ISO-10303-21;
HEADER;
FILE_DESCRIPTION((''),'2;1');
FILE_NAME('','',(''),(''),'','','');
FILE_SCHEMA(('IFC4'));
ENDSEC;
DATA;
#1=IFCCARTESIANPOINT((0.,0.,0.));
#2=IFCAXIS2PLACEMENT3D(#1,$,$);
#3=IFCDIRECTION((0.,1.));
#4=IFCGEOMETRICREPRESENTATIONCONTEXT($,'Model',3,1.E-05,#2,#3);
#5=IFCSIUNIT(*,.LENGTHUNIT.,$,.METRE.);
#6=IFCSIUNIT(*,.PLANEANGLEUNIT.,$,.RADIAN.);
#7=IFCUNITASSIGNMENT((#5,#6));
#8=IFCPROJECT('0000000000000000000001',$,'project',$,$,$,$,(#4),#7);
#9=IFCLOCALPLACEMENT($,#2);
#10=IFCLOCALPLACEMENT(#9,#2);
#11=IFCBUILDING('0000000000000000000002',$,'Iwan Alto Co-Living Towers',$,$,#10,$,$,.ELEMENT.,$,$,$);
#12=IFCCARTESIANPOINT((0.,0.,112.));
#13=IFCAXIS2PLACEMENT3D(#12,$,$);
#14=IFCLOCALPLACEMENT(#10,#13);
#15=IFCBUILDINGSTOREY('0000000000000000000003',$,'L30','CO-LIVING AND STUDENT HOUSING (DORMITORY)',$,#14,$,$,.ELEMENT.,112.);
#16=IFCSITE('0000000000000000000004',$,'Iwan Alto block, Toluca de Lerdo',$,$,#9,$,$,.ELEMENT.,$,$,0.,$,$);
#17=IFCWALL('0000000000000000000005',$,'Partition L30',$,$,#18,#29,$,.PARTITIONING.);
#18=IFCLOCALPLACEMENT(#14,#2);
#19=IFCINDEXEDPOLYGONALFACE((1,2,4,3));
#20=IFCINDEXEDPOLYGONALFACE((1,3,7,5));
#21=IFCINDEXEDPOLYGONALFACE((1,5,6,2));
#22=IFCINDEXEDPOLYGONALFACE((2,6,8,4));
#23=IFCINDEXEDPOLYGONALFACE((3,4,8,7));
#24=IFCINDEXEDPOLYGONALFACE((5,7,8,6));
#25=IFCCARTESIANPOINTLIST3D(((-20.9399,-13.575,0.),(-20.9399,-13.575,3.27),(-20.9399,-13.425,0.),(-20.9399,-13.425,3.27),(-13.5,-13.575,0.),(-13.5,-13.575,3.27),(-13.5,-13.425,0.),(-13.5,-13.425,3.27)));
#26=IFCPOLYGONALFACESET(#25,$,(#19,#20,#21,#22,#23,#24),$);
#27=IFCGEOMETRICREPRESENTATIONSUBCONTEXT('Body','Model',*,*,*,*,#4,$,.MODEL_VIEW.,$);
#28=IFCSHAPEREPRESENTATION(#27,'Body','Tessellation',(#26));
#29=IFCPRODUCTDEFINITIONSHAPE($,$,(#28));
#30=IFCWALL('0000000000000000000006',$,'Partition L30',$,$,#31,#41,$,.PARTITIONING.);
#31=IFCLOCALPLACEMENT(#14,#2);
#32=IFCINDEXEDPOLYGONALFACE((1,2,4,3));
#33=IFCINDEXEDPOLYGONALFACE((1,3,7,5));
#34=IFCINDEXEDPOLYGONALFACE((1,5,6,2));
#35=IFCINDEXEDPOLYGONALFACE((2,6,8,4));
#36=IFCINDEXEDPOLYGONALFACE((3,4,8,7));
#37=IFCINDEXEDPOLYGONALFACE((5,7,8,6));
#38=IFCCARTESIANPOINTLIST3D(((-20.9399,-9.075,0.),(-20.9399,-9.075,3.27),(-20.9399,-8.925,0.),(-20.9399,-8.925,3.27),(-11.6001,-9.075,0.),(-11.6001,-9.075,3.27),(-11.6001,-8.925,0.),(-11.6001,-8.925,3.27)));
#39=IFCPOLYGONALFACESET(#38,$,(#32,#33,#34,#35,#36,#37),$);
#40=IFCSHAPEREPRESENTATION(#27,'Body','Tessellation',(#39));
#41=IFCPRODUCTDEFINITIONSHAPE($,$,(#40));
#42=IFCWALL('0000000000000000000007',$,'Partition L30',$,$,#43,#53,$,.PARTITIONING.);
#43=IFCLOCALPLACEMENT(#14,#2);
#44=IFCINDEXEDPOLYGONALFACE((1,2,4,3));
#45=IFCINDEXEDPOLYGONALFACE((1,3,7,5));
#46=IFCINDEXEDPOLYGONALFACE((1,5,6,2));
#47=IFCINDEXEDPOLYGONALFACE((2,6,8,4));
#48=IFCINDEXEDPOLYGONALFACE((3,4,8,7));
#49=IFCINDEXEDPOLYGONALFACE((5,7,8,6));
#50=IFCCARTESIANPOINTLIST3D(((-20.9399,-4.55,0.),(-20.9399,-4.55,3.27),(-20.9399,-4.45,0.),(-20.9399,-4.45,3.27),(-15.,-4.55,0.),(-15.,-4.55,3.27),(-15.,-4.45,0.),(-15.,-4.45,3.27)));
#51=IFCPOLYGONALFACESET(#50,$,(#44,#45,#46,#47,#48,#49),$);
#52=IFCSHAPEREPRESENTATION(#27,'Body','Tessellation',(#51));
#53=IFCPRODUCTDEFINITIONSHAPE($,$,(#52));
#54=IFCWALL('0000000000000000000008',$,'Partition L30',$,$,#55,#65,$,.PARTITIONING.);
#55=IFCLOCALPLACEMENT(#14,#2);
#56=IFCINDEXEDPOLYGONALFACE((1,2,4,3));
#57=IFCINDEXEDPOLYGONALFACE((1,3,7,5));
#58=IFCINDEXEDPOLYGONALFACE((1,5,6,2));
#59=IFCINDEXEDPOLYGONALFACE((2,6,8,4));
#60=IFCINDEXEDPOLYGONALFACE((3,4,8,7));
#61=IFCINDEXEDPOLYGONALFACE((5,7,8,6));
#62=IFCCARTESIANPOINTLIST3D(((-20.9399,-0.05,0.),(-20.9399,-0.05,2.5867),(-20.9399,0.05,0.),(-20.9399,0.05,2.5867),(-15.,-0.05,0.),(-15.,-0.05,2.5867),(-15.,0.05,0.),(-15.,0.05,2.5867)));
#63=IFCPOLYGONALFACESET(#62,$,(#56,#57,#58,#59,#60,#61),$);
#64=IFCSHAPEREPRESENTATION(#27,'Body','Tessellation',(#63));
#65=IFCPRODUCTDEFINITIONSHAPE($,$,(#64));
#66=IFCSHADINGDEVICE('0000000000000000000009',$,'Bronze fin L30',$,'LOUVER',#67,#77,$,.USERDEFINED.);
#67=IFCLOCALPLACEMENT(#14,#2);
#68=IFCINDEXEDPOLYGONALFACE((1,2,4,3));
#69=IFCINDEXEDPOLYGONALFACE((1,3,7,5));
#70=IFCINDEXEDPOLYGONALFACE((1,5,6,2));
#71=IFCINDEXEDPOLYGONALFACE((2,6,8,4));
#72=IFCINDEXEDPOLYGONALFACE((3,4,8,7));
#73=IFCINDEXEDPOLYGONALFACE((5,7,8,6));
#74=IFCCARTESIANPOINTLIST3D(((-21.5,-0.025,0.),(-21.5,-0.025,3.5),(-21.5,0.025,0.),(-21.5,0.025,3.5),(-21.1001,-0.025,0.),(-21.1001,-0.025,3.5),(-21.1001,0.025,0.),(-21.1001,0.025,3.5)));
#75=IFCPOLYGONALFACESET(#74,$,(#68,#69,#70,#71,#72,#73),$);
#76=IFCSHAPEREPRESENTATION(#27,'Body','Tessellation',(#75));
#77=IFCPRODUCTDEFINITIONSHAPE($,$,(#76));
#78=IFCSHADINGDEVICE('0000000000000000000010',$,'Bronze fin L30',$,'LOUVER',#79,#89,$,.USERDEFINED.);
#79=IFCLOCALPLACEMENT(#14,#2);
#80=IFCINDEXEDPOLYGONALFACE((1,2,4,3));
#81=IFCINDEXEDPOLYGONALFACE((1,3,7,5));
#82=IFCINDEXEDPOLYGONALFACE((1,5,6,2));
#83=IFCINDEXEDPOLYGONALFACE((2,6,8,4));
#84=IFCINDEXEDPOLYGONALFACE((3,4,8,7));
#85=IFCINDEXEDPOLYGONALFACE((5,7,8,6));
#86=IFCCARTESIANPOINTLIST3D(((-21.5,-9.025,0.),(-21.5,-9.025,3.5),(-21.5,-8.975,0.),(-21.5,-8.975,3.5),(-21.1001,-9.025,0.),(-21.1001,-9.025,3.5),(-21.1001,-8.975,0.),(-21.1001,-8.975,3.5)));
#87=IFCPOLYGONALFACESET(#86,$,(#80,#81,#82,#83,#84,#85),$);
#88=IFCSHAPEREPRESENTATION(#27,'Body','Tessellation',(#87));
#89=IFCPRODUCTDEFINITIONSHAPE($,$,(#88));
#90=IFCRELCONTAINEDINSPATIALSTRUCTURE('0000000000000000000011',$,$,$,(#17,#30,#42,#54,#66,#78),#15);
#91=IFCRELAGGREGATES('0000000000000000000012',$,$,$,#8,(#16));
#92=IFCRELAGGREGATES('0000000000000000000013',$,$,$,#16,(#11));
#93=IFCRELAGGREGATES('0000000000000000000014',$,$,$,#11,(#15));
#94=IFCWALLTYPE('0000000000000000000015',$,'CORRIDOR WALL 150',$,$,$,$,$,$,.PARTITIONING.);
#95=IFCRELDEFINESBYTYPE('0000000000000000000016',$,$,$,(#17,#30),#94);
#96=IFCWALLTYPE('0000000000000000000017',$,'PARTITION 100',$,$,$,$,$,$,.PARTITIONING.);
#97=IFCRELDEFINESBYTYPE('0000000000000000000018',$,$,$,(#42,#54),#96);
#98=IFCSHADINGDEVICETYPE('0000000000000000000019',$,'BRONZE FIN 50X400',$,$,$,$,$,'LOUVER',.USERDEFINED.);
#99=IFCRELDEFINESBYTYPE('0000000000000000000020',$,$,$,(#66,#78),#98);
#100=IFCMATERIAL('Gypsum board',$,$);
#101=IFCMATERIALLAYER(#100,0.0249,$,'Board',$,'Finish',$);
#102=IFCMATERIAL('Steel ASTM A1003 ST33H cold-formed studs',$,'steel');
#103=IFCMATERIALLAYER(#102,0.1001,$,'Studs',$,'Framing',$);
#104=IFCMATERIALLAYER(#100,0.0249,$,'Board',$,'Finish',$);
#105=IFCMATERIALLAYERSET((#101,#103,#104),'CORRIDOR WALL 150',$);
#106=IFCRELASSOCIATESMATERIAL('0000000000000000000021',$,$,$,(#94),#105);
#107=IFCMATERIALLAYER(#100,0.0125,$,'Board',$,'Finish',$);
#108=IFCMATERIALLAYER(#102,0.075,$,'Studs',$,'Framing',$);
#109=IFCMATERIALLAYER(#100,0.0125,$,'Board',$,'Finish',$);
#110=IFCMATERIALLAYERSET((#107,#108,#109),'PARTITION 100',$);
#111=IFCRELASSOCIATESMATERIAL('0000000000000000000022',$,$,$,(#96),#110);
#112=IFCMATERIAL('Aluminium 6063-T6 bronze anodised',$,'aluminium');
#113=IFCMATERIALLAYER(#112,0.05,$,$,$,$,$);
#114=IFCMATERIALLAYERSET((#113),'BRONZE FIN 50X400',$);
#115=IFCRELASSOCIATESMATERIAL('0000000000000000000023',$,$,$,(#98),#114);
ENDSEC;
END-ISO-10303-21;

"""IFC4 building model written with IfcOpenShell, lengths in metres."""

from ifc_helpers import new_model, si_unit, direction, frame, frame_2d, origin, origin_2d, place, context, subcontext, project, spatial, rectangle, extrude, material, layer, layer_set, type_object, element, save


model = new_model("IFC4")

# Units and contexts
model_context = context("Model", 3, precision=1e-05, world=origin(), true_north=direction((0.0, 1.0)))
body_context = subcontext(model_context, "Body", "Model", "MODEL_VIEW")
ifc_project = project(units=[si_unit("LENGTHUNIT", "METRE"), si_unit("PLANEANGLEUNIT", "RADIAN")], contexts=[model_context])

# Site, building, storey
site_placement = place(None, origin())
site = spatial("IfcSite", under=ifc_project, at=site_placement, Name="Iwan Alto block, Toluca de Lerdo", CompositionType="ELEMENT", RefElevation=0.0)
building_placement = place(site_placement, origin())
building = spatial("IfcBuilding", under=site, at=building_placement, Name="Iwan Alto Co-Living Towers", CompositionType="ELEMENT")
storey_placement = place(building_placement, frame((0.0, 0.0, 112.0)))
storey = spatial("IfcBuildingStorey", under=building, at=storey_placement, Name="L30", Description="CO-LIVING AND STUDENT HOUSING (DORMITORY)", CompositionType="ELEMENT", Elevation=112.0)

# Walls
ifc_material_1 = material(Name="Gypsum board")
ifc_layer_1 = layer(ifc_material_1, 0.0249, Name="Board", Category="Finish")
ifc_material_2 = material(Name="Steel ASTM A1003 ST33H cold-formed studs", Category="steel")
ifc_layer_2 = layer(ifc_material_2, 0.1001, Name="Studs", Category="Framing")
ifc_layer_3 = layer(ifc_material_1, 0.0249, Name="Board", Category="Finish")
ifc_layer_set_1 = layer_set([ifc_layer_1, ifc_layer_2, ifc_layer_3], Name="CORRIDOR WALL 150")
wall_type_1 = type_object("IfcWallType", Name="CORRIDOR WALL 150", PredefinedType="PARTITIONING", material=ifc_layer_set_1)
wall_1_placement = place(storey_placement, frame((-20.9399, -13.5, 0.0), z_axis=(0.0, 0.0, 1.0), x_axis=(1.0, 0.0, 0.0)))
element("IfcWall", 1, at=wall_1_placement, inside=storey, type_object=wall_type_1, Name="Partition L30", PredefinedType="PARTITIONING", context=body_context, shape_type="SweptSolid", body=[
    extrude(rectangle(XDim=7.4399, YDim=0.1499, at=frame_2d((3.72, 0.0))), origin(), (0.0, 0.0, 1.0), 3.27),
])
wall_2_placement = place(storey_placement, frame((-20.9399, -9.0, 0.0), z_axis=(0.0, 0.0, 1.0), x_axis=(1.0, 0.0, 0.0)))
element("IfcWall", 2, at=wall_2_placement, inside=storey, type_object=wall_type_1, Name="Partition L30", PredefinedType="PARTITIONING", context=body_context, shape_type="SweptSolid", body=[
    extrude(rectangle(XDim=9.3398, YDim=0.1499, at=frame_2d((4.6699, 0.0))), origin(), (0.0, 0.0, 1.0), 3.27),
])
ifc_layer_4 = layer(ifc_material_1, 0.0125, Name="Board", Category="Finish")
ifc_layer_5 = layer(ifc_material_2, 0.075, Name="Studs", Category="Framing")
ifc_layer_6 = layer(ifc_material_1, 0.0125, Name="Board", Category="Finish")
ifc_layer_set_2 = layer_set([ifc_layer_4, ifc_layer_5, ifc_layer_6], Name="PARTITION 100")
wall_type_2 = type_object("IfcWallType", Name="PARTITION 100", PredefinedType="PARTITIONING", material=ifc_layer_set_2)
wall_3_placement = place(storey_placement, frame((-20.9399, -4.5, 0.0), z_axis=(0.0, 0.0, 1.0), x_axis=(1.0, 0.0, 0.0)))
element("IfcWall", 3, at=wall_3_placement, inside=storey, type_object=wall_type_2, Name="Partition L30", PredefinedType="PARTITIONING", context=body_context, shape_type="SweptSolid", body=[
    extrude(rectangle(XDim=5.9399, YDim=0.1001, at=frame_2d((2.97, 0.0))), origin(), (0.0, 0.0, 1.0), 3.27),
])
wall_4_placement = place(storey_placement, frame((-20.9399, 0.0, 0.0), z_axis=(0.0, 0.0, 1.0), x_axis=(1.0, 0.0, 0.0)))
element("IfcWall", 4, at=wall_4_placement, inside=storey, type_object=wall_type_2, Name="Partition L30", PredefinedType="PARTITIONING", context=body_context, shape_type="SweptSolid", body=[
    extrude(rectangle(XDim=5.9399, YDim=0.1001, at=frame_2d((2.97, 0.0))), origin(), (0.0, 0.0, 1.0), 2.5867),
])

# Shading devices
ifc_material_3 = material(Name="Aluminium 6063-T6 bronze anodised", Category="aluminium")
ifc_layer_7 = layer(ifc_material_3, 0.05)
ifc_layer_set_3 = layer_set([ifc_layer_7], Name="BRONZE FIN 50X400")
shading_device_type = type_object("IfcShadingDeviceType", Name="BRONZE FIN 50X400", ElementType="LOUVER", PredefinedType="USERDEFINED", material=ifc_layer_set_3)
for number, where, z_axis, x_axis, name in (
    (5, (-21.3, 0.0, 0.0), (0.0, 0.0, 1.0), (0.0, -1.0, 0.0), "Bronze fin L30"),
    (6, (-21.3, -9.0, 0.0), (0.0, 0.0, 1.0), (0.0, -1.0, 0.0), "Bronze fin L30"),
):
    element("IfcShadingDevice", number, at=place(storey_placement, frame(where, z_axis=z_axis, x_axis=x_axis)), inside=storey, type_object=shading_device_type, Name=name, ObjectType="LOUVER", PredefinedType="USERDEFINED", context=body_context, shape_type="SweptSolid", body=[
        extrude(rectangle(XDim=0.05, YDim=0.3999, at=origin_2d()), origin(), (0.0, 0.0, 1.0), 3.5),
    ])

save(model, "model.ifc")
